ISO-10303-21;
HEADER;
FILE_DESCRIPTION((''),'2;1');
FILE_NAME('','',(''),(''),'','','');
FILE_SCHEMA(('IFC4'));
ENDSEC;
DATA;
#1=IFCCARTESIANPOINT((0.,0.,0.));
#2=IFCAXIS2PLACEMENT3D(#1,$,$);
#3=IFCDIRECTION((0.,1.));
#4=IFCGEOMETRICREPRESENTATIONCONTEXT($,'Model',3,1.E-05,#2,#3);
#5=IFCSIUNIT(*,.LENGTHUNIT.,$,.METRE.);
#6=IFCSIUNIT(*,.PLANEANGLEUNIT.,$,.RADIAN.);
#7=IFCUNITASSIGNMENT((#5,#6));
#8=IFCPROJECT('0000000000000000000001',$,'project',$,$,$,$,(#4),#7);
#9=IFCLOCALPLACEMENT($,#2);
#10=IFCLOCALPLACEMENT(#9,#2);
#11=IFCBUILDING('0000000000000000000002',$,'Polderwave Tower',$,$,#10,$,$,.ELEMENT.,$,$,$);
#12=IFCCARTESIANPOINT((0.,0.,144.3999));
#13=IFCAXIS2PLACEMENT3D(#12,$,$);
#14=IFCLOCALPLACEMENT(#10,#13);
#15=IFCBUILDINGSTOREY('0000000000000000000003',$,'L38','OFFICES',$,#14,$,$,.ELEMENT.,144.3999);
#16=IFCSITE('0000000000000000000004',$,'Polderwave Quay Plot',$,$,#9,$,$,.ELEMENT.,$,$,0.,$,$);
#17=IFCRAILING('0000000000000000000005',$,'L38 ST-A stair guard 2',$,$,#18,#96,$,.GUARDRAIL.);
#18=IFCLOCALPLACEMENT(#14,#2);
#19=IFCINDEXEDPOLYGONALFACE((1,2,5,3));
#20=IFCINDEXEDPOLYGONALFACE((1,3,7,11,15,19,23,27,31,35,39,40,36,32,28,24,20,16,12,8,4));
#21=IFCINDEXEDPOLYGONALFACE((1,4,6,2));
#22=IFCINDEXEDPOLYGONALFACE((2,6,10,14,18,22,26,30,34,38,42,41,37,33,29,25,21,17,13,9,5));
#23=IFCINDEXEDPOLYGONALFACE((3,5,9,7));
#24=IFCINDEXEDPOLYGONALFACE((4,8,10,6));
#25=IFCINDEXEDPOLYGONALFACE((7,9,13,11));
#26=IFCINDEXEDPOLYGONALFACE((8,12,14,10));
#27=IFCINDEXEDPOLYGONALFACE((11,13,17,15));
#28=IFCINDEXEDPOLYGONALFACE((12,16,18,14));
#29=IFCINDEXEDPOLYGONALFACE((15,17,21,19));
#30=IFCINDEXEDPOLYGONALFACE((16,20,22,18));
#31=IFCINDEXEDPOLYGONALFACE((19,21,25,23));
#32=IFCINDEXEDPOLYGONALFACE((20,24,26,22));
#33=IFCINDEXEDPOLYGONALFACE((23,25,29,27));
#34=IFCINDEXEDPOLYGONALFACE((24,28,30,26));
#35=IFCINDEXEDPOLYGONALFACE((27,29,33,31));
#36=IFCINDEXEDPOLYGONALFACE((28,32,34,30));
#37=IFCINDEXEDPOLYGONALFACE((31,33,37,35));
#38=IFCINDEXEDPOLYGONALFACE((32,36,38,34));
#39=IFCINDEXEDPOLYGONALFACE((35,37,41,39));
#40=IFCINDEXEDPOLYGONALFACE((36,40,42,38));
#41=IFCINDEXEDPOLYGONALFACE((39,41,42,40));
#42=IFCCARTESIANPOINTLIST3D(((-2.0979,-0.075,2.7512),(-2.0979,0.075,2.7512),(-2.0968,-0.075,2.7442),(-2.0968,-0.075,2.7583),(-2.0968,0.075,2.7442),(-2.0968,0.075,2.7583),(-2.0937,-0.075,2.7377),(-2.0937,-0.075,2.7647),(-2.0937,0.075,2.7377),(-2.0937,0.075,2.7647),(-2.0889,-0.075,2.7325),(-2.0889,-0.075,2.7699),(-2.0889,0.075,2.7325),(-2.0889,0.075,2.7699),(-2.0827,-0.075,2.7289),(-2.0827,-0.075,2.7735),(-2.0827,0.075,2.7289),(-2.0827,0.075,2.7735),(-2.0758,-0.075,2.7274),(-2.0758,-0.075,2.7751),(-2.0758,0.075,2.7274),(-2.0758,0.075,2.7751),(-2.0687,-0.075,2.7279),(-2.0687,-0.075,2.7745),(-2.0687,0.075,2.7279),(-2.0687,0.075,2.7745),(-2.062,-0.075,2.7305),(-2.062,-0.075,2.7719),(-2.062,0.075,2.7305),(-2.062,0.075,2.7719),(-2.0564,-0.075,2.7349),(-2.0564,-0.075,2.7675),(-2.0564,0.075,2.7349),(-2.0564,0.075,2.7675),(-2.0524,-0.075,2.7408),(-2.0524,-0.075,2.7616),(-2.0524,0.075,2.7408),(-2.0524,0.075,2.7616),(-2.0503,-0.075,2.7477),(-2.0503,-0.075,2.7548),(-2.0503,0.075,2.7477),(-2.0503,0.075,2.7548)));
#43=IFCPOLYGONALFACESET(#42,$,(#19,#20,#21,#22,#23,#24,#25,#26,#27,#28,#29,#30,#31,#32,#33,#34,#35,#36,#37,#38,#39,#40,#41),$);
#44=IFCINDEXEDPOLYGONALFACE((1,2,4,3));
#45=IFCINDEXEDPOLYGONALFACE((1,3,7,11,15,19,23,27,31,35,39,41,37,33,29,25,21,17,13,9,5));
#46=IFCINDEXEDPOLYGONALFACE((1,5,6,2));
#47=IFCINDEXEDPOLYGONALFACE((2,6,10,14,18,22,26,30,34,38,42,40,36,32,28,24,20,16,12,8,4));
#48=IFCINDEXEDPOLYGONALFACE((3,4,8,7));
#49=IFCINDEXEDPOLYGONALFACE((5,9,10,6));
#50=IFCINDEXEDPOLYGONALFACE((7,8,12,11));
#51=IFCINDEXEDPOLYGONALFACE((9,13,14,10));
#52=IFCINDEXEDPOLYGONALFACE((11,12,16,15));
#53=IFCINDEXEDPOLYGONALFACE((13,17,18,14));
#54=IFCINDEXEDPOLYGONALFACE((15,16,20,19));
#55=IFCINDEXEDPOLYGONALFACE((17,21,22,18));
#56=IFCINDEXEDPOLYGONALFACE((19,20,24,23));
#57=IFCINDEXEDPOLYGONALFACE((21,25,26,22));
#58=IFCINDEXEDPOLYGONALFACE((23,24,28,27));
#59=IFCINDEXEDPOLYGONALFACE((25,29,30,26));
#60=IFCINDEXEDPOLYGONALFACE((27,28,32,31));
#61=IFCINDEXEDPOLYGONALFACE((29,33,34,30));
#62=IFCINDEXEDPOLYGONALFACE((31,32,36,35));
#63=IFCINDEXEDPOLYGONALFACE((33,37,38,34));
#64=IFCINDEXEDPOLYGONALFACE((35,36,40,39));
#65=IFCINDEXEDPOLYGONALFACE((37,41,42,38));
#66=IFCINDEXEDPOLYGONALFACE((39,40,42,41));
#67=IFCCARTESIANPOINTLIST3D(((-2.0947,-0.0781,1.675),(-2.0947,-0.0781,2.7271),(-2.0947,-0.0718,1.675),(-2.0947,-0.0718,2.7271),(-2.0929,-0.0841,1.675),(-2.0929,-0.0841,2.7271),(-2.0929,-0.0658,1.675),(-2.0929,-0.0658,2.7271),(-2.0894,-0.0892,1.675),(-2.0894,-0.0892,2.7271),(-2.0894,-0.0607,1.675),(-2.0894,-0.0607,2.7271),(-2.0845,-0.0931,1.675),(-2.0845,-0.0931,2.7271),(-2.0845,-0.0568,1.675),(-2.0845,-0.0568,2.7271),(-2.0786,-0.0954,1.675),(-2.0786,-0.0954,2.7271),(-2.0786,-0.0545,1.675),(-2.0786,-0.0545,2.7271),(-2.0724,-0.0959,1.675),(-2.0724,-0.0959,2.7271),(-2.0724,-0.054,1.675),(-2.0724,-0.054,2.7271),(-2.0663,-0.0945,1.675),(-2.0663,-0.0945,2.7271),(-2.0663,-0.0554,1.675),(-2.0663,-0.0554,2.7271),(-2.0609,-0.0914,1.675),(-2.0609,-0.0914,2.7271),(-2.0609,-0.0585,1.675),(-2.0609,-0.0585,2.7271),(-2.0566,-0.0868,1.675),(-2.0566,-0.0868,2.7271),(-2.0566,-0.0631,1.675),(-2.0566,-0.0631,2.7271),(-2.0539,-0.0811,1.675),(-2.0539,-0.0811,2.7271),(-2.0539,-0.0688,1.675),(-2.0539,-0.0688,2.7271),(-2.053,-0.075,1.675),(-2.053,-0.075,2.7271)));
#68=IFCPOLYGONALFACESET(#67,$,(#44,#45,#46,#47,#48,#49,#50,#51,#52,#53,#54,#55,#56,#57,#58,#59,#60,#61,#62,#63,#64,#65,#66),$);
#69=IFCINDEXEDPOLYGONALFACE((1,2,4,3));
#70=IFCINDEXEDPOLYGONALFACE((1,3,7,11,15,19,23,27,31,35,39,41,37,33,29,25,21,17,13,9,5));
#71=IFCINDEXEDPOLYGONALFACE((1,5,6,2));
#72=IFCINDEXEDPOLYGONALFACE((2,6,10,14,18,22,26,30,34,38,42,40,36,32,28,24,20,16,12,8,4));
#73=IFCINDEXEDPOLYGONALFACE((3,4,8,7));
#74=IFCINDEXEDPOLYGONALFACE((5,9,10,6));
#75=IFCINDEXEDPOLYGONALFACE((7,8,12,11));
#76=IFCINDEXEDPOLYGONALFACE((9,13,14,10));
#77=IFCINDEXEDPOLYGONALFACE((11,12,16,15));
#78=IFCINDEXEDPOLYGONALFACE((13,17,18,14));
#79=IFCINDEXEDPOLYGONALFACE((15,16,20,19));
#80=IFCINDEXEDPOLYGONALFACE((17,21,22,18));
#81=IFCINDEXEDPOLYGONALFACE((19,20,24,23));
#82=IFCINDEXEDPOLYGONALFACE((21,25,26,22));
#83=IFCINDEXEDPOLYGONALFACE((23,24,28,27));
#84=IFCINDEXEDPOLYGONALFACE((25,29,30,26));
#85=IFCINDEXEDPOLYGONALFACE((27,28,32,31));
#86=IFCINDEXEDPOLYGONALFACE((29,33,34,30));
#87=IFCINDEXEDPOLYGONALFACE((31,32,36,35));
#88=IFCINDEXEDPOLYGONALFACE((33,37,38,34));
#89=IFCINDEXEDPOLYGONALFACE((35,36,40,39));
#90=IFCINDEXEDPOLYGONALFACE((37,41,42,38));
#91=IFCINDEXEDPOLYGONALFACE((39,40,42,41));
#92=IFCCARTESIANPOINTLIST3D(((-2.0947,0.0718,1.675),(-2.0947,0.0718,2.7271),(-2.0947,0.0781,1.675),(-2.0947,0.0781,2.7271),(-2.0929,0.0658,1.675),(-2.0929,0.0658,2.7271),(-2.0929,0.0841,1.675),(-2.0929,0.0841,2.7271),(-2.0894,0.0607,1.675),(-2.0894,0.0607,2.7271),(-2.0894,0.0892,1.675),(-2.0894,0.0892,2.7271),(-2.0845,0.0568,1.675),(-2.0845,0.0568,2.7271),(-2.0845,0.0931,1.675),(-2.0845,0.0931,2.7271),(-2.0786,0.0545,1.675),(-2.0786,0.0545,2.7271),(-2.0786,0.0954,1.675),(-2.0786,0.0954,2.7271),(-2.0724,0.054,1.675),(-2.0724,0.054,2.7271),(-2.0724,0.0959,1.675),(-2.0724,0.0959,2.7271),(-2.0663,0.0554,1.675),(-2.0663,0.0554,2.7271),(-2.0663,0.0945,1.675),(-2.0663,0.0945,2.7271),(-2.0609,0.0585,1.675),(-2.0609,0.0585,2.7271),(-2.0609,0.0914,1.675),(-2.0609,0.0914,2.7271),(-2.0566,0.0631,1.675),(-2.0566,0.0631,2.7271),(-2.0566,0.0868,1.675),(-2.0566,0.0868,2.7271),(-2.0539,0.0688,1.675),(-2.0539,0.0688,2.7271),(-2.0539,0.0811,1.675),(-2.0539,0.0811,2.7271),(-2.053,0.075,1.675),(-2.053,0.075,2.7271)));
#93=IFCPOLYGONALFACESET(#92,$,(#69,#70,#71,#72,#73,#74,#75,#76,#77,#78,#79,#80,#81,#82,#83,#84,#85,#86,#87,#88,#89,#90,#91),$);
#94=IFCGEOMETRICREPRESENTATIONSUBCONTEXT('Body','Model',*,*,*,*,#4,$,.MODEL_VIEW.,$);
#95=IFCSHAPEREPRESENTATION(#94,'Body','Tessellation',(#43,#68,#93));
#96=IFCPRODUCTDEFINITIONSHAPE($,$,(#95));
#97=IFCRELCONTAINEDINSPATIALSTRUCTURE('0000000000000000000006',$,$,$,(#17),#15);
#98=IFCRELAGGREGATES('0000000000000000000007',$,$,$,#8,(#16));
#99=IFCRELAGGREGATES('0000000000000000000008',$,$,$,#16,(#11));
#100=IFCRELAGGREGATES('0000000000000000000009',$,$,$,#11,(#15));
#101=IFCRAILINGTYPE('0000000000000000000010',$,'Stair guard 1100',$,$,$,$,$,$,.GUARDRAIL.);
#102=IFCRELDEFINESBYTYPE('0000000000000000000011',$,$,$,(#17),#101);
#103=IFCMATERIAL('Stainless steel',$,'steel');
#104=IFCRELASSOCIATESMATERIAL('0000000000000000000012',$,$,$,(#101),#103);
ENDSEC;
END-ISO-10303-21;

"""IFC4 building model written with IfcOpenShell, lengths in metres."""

from ifc_helpers import new_model, si_unit, direction, frame, origin, origin_2d, place, context, subcontext, project, spatial, circle, extrude, material, type_object, element, save


model = new_model("IFC4")

# Units and contexts
model_context = context("Model", 3, precision=1e-05, world=origin(), true_north=direction((0.0, 1.0)))
body_context = subcontext(model_context, "Body", "Model", "MODEL_VIEW")
ifc_project = project(units=[si_unit("LENGTHUNIT", "METRE"), si_unit("PLANEANGLEUNIT", "RADIAN")], contexts=[model_context])

# Site, building, storey
site_placement = place(None, origin())
site = spatial("IfcSite", under=ifc_project, at=site_placement, Name="Polderwave Quay Plot", CompositionType="ELEMENT", RefElevation=0.0)
building_placement = place(site_placement, origin())
building = spatial("IfcBuilding", under=site, at=building_placement, Name="Polderwave Tower", CompositionType="ELEMENT")
storey_placement = place(building_placement, frame((0.0, 0.0, 144.3999)))
storey = spatial("IfcBuildingStorey", under=building, at=storey_placement, Name="L38", Description="OFFICES", CompositionType="ELEMENT", Elevation=144.3999)

# Railing
ifc_material_1 = material(Name="Stainless steel", Category="steel")
railing_type_1 = type_object("IfcRailingType", Name="Stair guard 1100", PredefinedType="GUARDRAIL", material=ifc_material_1)
railing_1_placement = place(storey_placement, frame((-2.074, -0.075, 1.675)))
element("IfcRailing", 1, at=railing_1_placement, inside=storey, type_object=railing_type_1, Name="L38 ST-A stair guard 2", PredefinedType="GUARDRAIL", context=body_context, shape_type="SweptSolid", body=[
    extrude(circle(Radius=0.0239, at=origin_2d()), frame((0.0, 0.0, 1.0762), z_axis=(0.0, 1.0, 0.0), x_axis=(-1.0, 0.0, 0.0)), (0.0, 0.0, 1.0), 0.1499),
    extrude(circle(Radius=0.021, at=origin_2d()), origin(), (0.0, 0.0, 1.0), 1.052),
    extrude(circle(Radius=0.021, at=origin_2d()), frame((0.0, 0.1499, 0.0)), (0.0, 0.0, 1.0), 1.052),
])

save(model, "model.ifc")
